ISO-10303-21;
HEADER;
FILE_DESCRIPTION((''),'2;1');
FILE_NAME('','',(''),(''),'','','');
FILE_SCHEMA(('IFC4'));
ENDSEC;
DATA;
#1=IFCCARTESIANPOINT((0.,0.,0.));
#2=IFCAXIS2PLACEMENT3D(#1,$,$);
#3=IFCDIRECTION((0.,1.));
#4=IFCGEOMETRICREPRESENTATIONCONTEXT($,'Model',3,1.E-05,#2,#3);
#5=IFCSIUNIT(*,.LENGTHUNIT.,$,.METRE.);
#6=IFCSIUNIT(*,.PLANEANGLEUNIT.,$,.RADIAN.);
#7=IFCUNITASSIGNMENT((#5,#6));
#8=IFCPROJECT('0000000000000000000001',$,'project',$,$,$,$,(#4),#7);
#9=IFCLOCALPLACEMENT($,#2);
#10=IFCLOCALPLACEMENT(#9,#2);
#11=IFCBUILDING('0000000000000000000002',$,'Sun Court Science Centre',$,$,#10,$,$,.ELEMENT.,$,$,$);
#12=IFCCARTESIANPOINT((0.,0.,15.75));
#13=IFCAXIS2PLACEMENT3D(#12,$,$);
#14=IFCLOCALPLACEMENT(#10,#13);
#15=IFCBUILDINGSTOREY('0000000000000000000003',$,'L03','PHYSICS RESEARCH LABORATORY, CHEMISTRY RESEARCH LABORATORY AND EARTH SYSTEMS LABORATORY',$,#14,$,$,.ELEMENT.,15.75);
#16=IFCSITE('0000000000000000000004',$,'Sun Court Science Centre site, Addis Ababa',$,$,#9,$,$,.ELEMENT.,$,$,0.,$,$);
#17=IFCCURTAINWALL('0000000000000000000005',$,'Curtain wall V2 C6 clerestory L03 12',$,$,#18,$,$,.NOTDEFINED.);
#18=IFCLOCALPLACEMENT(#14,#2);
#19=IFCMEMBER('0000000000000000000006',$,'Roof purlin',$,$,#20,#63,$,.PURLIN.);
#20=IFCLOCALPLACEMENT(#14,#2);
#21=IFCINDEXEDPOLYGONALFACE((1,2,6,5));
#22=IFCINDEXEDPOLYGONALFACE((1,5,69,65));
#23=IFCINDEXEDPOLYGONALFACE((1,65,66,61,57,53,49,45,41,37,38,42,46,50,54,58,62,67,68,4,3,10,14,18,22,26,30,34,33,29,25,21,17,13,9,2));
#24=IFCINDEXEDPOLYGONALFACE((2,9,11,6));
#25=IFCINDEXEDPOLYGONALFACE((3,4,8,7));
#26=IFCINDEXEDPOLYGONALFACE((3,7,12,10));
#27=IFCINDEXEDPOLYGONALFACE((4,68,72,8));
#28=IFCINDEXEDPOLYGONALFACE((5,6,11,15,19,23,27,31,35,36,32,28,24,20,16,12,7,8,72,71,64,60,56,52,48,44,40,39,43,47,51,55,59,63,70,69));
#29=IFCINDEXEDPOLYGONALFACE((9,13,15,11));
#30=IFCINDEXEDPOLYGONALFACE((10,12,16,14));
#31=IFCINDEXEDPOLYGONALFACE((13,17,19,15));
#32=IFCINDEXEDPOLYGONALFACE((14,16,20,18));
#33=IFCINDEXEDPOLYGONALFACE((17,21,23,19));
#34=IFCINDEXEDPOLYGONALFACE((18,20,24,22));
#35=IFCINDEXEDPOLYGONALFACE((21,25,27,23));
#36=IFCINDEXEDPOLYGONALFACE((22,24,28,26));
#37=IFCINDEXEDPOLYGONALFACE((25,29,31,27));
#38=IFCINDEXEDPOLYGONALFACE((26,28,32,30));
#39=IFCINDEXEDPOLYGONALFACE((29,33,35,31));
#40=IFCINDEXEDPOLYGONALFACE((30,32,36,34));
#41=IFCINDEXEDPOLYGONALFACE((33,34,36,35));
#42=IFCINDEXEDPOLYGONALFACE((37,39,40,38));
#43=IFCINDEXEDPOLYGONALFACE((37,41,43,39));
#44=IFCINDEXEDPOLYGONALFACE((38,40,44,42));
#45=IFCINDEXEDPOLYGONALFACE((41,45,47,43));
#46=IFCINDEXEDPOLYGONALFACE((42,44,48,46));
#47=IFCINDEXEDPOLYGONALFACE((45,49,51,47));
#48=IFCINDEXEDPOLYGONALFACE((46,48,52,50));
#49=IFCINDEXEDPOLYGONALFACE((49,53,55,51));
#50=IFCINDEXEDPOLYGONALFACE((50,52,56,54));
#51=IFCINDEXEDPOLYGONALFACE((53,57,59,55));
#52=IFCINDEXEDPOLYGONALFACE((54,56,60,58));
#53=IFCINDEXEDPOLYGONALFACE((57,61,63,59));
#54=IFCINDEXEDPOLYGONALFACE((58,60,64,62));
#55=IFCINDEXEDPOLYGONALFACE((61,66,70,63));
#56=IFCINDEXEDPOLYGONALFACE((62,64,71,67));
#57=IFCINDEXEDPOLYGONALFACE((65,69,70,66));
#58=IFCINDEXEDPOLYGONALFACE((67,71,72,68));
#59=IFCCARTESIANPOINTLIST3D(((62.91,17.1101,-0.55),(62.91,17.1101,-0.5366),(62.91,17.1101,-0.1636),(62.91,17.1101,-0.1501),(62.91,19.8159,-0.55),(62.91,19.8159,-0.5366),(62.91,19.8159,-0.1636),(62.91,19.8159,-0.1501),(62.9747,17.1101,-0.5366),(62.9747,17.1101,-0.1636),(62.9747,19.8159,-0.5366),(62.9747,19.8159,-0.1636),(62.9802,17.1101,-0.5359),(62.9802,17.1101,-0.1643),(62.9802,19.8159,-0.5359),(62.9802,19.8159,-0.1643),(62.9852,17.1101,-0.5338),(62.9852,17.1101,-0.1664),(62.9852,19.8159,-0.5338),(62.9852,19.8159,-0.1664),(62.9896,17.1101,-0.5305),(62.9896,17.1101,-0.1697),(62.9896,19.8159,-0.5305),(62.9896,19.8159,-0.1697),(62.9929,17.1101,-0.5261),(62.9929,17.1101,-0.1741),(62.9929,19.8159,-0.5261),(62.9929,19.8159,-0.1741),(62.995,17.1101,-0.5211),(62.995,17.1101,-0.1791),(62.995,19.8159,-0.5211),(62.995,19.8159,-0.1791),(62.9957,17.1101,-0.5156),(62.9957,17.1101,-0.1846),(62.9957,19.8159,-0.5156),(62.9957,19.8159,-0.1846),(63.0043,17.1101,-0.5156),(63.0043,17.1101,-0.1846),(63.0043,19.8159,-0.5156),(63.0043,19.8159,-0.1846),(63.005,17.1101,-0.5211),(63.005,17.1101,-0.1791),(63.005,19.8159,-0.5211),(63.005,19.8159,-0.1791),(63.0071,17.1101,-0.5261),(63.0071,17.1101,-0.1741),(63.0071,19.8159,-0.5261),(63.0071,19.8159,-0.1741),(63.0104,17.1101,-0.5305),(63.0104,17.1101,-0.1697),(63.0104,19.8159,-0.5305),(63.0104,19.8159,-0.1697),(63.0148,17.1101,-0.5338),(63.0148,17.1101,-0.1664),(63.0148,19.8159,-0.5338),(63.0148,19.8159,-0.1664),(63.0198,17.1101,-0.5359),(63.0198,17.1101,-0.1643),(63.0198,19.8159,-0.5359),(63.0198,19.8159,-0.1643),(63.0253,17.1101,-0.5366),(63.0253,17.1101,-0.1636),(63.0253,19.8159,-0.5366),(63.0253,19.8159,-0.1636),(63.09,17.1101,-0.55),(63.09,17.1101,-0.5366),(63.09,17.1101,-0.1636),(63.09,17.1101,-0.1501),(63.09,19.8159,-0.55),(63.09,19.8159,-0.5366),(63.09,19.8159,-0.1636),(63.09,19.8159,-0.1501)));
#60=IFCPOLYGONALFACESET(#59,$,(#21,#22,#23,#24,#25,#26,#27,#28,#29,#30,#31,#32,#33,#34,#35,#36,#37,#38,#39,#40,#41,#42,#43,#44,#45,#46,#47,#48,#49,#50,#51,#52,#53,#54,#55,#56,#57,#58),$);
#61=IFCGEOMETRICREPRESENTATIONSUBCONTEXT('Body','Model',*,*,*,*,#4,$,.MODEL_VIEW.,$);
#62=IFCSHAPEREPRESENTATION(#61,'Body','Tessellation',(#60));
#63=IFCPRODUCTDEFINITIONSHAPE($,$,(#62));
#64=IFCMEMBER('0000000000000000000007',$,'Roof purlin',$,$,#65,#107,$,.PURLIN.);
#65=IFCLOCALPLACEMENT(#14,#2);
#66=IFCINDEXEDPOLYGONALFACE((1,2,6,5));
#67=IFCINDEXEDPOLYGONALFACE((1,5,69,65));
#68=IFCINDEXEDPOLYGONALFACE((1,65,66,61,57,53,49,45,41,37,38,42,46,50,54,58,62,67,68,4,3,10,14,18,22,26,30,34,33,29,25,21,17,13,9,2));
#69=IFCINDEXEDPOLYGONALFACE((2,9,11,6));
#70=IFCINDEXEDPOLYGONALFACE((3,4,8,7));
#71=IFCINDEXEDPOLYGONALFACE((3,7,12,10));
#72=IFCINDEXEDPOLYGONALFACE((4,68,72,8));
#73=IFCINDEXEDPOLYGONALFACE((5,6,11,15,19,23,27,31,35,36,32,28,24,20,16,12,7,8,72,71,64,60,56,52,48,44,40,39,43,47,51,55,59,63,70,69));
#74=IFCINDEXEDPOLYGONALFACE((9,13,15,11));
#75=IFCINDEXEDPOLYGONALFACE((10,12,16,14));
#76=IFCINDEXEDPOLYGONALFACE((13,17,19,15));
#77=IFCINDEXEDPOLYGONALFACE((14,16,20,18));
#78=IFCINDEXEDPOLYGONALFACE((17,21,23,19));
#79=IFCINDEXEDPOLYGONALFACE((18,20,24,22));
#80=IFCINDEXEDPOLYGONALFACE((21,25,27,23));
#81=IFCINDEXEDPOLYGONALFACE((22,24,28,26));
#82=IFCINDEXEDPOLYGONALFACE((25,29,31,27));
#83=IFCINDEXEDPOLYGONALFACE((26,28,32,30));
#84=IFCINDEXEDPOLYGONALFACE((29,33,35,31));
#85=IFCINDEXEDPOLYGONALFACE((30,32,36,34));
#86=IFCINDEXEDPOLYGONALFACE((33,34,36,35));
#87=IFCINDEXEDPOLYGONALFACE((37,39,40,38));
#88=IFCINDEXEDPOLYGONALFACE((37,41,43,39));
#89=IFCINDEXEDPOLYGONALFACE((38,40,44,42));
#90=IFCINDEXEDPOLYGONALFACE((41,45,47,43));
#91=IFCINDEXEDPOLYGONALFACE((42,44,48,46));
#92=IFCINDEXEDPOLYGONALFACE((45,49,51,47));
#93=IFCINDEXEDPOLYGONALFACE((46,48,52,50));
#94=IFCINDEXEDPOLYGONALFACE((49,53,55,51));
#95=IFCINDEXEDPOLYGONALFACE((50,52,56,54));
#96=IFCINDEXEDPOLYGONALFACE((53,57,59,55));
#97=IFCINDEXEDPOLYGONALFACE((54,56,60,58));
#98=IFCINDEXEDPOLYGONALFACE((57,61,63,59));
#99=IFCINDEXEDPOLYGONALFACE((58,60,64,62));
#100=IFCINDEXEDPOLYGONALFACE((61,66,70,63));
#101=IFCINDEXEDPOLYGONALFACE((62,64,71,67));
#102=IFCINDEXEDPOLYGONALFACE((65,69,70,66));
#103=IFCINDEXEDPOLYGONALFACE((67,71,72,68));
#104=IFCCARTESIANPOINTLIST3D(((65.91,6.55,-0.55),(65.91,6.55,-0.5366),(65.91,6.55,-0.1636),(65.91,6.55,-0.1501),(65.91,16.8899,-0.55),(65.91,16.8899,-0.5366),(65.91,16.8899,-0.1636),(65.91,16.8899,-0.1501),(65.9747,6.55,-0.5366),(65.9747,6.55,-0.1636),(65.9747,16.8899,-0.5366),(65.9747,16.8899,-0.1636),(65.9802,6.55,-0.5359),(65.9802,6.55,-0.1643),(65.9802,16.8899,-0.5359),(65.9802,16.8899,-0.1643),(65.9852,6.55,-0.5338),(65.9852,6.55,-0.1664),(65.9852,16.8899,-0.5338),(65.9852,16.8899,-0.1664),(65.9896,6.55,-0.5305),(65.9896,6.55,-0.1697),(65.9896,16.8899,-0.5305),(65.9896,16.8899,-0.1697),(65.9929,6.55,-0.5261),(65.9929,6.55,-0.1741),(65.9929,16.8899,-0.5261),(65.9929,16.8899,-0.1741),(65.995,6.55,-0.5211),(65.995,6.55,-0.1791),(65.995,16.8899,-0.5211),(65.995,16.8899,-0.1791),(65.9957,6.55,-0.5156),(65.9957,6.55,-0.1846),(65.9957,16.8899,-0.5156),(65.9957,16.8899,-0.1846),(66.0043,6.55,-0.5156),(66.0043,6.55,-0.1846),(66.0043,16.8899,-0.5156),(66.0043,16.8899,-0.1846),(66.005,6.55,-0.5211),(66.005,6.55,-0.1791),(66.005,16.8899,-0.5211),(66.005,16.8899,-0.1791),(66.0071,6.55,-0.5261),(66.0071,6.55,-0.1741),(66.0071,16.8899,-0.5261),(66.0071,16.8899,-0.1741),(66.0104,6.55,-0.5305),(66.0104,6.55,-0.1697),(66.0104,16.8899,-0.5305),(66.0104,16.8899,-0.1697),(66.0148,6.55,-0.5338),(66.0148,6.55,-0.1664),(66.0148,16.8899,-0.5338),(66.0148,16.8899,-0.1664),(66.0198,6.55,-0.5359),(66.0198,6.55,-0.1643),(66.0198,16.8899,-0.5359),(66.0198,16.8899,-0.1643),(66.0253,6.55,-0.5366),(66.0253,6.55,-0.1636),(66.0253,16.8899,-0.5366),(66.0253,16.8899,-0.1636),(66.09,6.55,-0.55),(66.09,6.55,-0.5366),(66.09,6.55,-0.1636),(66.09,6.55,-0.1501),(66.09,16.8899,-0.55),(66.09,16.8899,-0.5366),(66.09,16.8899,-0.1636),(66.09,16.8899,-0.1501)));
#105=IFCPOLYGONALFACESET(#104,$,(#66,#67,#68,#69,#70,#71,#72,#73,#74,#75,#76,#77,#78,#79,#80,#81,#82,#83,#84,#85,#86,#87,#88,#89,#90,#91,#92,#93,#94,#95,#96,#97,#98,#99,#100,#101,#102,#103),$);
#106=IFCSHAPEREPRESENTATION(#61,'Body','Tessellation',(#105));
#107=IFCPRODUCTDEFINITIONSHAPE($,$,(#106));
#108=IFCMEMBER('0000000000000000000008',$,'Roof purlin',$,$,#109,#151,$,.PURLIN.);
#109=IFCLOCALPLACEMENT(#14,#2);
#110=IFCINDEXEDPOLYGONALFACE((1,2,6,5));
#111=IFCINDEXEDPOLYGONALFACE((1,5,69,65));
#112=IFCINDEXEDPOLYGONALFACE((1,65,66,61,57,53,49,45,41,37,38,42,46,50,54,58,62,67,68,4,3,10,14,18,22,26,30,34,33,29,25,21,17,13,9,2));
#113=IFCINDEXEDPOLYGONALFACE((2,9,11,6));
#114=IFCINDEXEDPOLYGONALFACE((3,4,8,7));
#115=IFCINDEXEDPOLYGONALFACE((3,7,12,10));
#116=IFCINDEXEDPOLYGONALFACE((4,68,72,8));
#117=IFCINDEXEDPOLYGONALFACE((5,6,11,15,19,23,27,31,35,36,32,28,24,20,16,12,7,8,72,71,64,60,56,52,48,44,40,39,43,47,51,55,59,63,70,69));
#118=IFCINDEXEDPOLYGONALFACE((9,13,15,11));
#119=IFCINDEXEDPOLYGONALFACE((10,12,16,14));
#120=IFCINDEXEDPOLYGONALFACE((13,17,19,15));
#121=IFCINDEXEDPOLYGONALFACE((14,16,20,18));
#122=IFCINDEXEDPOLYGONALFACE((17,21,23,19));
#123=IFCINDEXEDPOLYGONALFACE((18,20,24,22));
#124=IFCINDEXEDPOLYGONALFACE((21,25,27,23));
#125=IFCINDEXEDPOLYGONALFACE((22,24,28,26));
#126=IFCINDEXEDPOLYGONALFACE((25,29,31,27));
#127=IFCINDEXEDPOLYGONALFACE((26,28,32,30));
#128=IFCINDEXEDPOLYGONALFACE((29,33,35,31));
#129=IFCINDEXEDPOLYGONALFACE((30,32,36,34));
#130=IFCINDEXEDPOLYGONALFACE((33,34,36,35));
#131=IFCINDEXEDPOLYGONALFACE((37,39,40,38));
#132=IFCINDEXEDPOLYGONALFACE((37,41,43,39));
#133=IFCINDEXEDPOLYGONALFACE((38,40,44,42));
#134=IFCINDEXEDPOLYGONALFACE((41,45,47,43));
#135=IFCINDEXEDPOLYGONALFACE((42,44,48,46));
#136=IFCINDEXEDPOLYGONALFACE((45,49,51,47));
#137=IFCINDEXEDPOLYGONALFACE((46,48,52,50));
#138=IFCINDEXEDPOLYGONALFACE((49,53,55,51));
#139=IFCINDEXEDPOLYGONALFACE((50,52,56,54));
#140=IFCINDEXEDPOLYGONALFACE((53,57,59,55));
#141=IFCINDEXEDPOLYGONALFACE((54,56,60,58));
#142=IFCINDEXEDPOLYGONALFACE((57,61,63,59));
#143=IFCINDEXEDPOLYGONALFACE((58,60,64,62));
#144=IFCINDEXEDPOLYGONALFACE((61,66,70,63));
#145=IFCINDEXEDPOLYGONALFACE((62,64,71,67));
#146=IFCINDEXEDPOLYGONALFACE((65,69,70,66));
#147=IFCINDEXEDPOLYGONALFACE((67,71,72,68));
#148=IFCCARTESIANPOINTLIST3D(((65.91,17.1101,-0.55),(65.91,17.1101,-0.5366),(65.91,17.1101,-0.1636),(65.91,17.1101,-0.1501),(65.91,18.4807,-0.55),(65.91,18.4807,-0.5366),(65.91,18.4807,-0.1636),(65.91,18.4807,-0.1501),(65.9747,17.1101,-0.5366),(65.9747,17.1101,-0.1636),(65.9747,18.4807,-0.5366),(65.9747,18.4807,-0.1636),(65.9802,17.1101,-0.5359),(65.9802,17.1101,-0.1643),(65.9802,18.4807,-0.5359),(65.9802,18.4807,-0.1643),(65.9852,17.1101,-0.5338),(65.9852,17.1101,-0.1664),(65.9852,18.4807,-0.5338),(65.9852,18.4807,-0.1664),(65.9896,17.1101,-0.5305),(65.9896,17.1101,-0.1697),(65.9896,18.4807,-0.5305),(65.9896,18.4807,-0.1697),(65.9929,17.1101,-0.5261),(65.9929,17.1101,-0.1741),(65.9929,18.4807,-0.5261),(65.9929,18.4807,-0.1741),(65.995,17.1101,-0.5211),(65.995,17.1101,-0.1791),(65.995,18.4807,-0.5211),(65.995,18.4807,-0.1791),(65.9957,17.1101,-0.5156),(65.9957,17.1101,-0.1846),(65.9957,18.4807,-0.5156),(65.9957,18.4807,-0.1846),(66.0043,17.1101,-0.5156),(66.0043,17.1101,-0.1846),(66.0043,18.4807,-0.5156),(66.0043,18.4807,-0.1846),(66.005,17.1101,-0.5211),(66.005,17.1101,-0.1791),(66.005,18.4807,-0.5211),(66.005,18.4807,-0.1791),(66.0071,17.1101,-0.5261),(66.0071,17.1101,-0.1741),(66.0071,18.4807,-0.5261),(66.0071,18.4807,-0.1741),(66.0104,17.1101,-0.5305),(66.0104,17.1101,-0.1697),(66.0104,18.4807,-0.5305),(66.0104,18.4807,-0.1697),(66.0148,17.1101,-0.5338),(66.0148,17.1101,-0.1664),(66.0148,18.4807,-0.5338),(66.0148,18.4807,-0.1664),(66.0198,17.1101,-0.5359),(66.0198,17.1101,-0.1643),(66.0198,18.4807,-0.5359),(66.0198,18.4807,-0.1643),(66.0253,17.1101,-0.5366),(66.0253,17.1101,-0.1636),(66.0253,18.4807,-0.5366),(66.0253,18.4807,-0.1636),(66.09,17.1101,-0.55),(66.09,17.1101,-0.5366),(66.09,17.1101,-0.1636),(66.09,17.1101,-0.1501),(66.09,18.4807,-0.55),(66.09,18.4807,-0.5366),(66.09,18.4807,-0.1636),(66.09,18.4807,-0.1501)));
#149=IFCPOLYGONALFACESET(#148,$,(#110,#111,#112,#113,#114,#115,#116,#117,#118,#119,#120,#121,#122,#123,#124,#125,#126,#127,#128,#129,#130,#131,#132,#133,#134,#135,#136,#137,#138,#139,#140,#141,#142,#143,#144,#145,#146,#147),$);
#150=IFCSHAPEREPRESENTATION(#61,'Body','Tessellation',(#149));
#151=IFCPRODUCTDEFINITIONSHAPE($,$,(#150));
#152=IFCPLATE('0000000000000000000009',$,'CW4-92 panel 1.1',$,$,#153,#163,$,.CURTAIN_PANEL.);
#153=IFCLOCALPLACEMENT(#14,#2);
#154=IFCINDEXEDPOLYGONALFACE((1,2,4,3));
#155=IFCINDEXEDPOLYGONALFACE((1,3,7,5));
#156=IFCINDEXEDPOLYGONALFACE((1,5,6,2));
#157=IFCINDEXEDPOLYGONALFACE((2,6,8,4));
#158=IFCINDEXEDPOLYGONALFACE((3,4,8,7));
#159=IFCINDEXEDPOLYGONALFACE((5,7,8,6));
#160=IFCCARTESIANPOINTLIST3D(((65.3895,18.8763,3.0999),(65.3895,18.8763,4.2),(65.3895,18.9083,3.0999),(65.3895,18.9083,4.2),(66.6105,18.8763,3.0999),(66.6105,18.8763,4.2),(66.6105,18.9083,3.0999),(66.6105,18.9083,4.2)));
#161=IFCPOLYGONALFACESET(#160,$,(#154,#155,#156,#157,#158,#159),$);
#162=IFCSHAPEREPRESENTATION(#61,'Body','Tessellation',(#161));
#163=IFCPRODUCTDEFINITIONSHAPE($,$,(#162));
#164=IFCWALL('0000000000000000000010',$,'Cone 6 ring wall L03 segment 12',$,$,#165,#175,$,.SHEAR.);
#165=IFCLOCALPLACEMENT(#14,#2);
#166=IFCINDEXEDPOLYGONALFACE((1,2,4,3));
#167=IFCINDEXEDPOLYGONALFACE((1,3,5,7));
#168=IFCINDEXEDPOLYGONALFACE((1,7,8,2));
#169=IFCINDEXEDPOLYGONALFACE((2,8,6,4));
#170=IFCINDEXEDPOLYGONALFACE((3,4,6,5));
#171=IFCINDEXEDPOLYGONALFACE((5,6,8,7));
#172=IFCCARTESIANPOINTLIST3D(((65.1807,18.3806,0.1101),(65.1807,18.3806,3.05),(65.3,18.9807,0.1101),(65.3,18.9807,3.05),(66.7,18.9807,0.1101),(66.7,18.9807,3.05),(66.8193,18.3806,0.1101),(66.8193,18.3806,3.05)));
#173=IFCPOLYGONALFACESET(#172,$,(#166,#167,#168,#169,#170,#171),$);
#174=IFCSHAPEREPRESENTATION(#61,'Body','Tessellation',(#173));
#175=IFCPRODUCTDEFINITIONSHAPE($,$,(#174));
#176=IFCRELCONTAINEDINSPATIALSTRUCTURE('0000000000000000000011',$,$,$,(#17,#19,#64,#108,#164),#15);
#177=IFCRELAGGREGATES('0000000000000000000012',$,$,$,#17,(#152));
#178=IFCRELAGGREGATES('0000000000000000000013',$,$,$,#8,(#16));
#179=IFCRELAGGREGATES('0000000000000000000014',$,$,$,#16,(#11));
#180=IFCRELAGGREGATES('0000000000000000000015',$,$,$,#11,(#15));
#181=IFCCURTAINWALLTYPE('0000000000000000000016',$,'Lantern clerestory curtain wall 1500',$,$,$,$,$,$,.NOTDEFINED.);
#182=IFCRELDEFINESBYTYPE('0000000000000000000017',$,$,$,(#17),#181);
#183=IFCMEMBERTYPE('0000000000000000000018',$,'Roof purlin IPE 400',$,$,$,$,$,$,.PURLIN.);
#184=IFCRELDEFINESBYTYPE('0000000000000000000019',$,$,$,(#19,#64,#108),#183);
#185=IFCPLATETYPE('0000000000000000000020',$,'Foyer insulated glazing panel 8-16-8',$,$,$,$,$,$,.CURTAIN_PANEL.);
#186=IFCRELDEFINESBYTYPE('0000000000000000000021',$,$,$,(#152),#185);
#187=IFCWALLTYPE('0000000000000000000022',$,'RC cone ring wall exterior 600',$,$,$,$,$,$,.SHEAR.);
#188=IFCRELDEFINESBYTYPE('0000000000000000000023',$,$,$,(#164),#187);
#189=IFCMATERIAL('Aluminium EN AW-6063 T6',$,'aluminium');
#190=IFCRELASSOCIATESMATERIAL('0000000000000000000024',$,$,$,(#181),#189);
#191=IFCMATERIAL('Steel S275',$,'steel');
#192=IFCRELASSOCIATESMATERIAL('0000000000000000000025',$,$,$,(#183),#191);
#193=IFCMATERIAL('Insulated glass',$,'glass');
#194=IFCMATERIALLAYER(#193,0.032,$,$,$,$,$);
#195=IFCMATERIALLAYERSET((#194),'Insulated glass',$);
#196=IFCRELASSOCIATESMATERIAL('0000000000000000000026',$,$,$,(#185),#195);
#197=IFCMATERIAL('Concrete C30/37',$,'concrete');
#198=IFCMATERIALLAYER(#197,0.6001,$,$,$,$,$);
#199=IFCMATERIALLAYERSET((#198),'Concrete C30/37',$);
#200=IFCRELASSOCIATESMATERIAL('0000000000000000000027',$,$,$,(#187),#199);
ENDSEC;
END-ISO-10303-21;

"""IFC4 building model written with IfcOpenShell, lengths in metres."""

from ifc_helpers import new_model, si_unit, direction, frame, origin, origin_2d, place, context, subcontext, project, spatial, polyline, rectangle, i_section, outline, extrude, material, layer, layer_set, material_profile, profile_set, type_object, element, aggregate, save


model = new_model("IFC4")

# Units and contexts
model_context = context("Model", 3, precision=1e-05, world=origin(), true_north=direction((0.0, 1.0)))
body_context = subcontext(model_context, "Body", "Model", "MODEL_VIEW")
ifc_project = project(units=[si_unit("LENGTHUNIT", "METRE"), si_unit("PLANEANGLEUNIT", "RADIAN")], contexts=[model_context])

# Site, building, storey
site_placement = place(None, origin())
site = spatial("IfcSite", under=ifc_project, at=site_placement, Name="Sun Court Science Centre site, Addis Ababa", CompositionType="ELEMENT", RefElevation=0.0)
building_placement = place(site_placement, origin())
building = spatial("IfcBuilding", under=site, at=building_placement, Name="Sun Court Science Centre", CompositionType="ELEMENT")
storey_placement = place(building_placement, frame((0.0, 0.0, 15.75)))
storey = spatial("IfcBuildingStorey", under=building, at=storey_placement, Name="L03", Description="PHYSICS RESEARCH LABORATORY, CHEMISTRY RESEARCH LABORATORY AND EARTH SYSTEMS LABORATORY", CompositionType="ELEMENT", Elevation=15.75)

# Curtain wall
ifc_material_1 = material(Name="Aluminium EN AW-6063 T6", Category="aluminium")
curtain_wall_type = type_object("IfcCurtainWallType", Name="Lantern clerestory curtain wall 1500", PredefinedType="NOTDEFINED", material=ifc_material_1)
curtain_wall_placement = place(storey_placement, origin())
curtain_wall = element("IfcCurtainWall", 1, at=curtain_wall_placement, inside=storey, type_object=curtain_wall_type, Name="Curtain wall V2 C6 clerestory L03 12", PredefinedType="NOTDEFINED")

# Members
ifc_material_2 = material(Name="Steel S275", Category="steel")
ifc_material_profile_1 = material_profile(ifc_material_2, i_section(OverallWidth=0.1799, OverallDepth=0.3999, WebThickness=0.0085, FlangeThickness=0.0134, FilletRadius=0.021, at=origin_2d()), Name="IPE 400")
ifc_profile_set_1 = profile_set([ifc_material_profile_1], Name="Steel S275")
member_type_1 = type_object("IfcMemberType", Name="Roof purlin IPE 400", PredefinedType="PURLIN", material=ifc_profile_set_1)
member_1_placement = place(storey_placement, frame((63.0, 17.1101, -0.3501), z_axis=(0.0, 1.0, 0.0), x_axis=(-1.0, 0.0, 0.0)))
element("IfcMember", 2, at=member_1_placement, inside=storey, type_object=member_type_1, Name="Roof purlin", PredefinedType="PURLIN", context=body_context, shape_type="SweptSolid", body=[
    extrude(i_section(OverallWidth=0.1799, OverallDepth=0.3999, WebThickness=0.0085, FlangeThickness=0.0134, FilletRadius=0.021, at=origin_2d()), origin(), (0.0, 0.0, 1.0), 2.7058),
])
member_2_placement = place(storey_placement, frame((66.0, 6.55, -0.3501), z_axis=(0.0, 1.0, 0.0), x_axis=(-1.0, 0.0, 0.0)))
element("IfcMember", 3, at=member_2_placement, inside=storey, type_object=member_type_1, Name="Roof purlin", PredefinedType="PURLIN", context=body_context, shape_type="SweptSolid", body=[
    extrude(i_section(OverallWidth=0.1799, OverallDepth=0.3999, WebThickness=0.0085, FlangeThickness=0.0134, FilletRadius=0.021, at=origin_2d()), origin(), (0.0, 0.0, 1.0), 10.3398),
])
member_3_placement = place(storey_placement, frame((66.0, 17.1101, -0.3501), z_axis=(0.0, 1.0, 0.0), x_axis=(-1.0, 0.0, 0.0)))
element("IfcMember", 4, at=member_3_placement, inside=storey, type_object=member_type_1, Name="Roof purlin", PredefinedType="PURLIN", context=body_context, shape_type="SweptSolid", body=[
    extrude(i_section(OverallWidth=0.1799, OverallDepth=0.3999, WebThickness=0.0085, FlangeThickness=0.0134, FilletRadius=0.021, at=origin_2d()), origin(), (0.0, 0.0, 1.0), 1.3706),
])

# Plate
ifc_material_3 = material(Name="Insulated glass", Category="glass")
ifc_layer_1 = layer(ifc_material_3, 0.032)
ifc_layer_set_1 = layer_set([ifc_layer_1], Name="Insulated glass")
plate_type = type_object("IfcPlateType", Name="Foyer insulated glazing panel 8-16-8", PredefinedType="CURTAIN_PANEL", material=ifc_layer_set_1)
plate_placement = place(storey_placement, frame((66.0, 18.8923, 3.0999), z_axis=(0.0, 0.0, 1.0), x_axis=(-1.0, 0.0, 0.0)))
plate = element("IfcPlate", 5, at=plate_placement, type_object=plate_type, Name="CW4-92 panel 1.1", PredefinedType="CURTAIN_PANEL", context=body_context, shape_type="SweptSolid", body=[
    extrude(rectangle(XDim=1.2209, YDim=0.032, at=origin_2d()), origin(), (0.0, 0.0, 1.0), 1.1001),
])
aggregate(curtain_wall, [plate])

# Wall
ifc_material_4 = material(Name="Concrete C30/37", Category="concrete")
ifc_layer_2 = layer(ifc_material_4, 0.6001)
ifc_layer_set_2 = layer_set([ifc_layer_2], Name="Concrete C30/37")
wall_type_1 = type_object("IfcWallType", Name="RC cone ring wall exterior 600", PredefinedType="SHEAR", material=ifc_layer_set_2)
wall_1_placement = place(storey_placement, frame((65.1807, 18.6807, 0.1101), z_axis=(0.0, 0.0, 1.0), x_axis=(1.0, 0.0, 0.0)))
element("IfcWall", 6, at=wall_1_placement, inside=storey, type_object=wall_type_1, Name="Cone 6 ring wall L03 segment 12", PredefinedType="SHEAR", context=body_context, shape_type="SweptSolid", body=[
    extrude(outline(polyline([(0.0, -0.3), (1.6387, -0.3), (1.5193, 0.3), (0.1194, 0.3), (0.0, -0.3)])), origin(), (0.0, 0.0, 1.0), 2.9399),
])

save(model, "model.ifc")
